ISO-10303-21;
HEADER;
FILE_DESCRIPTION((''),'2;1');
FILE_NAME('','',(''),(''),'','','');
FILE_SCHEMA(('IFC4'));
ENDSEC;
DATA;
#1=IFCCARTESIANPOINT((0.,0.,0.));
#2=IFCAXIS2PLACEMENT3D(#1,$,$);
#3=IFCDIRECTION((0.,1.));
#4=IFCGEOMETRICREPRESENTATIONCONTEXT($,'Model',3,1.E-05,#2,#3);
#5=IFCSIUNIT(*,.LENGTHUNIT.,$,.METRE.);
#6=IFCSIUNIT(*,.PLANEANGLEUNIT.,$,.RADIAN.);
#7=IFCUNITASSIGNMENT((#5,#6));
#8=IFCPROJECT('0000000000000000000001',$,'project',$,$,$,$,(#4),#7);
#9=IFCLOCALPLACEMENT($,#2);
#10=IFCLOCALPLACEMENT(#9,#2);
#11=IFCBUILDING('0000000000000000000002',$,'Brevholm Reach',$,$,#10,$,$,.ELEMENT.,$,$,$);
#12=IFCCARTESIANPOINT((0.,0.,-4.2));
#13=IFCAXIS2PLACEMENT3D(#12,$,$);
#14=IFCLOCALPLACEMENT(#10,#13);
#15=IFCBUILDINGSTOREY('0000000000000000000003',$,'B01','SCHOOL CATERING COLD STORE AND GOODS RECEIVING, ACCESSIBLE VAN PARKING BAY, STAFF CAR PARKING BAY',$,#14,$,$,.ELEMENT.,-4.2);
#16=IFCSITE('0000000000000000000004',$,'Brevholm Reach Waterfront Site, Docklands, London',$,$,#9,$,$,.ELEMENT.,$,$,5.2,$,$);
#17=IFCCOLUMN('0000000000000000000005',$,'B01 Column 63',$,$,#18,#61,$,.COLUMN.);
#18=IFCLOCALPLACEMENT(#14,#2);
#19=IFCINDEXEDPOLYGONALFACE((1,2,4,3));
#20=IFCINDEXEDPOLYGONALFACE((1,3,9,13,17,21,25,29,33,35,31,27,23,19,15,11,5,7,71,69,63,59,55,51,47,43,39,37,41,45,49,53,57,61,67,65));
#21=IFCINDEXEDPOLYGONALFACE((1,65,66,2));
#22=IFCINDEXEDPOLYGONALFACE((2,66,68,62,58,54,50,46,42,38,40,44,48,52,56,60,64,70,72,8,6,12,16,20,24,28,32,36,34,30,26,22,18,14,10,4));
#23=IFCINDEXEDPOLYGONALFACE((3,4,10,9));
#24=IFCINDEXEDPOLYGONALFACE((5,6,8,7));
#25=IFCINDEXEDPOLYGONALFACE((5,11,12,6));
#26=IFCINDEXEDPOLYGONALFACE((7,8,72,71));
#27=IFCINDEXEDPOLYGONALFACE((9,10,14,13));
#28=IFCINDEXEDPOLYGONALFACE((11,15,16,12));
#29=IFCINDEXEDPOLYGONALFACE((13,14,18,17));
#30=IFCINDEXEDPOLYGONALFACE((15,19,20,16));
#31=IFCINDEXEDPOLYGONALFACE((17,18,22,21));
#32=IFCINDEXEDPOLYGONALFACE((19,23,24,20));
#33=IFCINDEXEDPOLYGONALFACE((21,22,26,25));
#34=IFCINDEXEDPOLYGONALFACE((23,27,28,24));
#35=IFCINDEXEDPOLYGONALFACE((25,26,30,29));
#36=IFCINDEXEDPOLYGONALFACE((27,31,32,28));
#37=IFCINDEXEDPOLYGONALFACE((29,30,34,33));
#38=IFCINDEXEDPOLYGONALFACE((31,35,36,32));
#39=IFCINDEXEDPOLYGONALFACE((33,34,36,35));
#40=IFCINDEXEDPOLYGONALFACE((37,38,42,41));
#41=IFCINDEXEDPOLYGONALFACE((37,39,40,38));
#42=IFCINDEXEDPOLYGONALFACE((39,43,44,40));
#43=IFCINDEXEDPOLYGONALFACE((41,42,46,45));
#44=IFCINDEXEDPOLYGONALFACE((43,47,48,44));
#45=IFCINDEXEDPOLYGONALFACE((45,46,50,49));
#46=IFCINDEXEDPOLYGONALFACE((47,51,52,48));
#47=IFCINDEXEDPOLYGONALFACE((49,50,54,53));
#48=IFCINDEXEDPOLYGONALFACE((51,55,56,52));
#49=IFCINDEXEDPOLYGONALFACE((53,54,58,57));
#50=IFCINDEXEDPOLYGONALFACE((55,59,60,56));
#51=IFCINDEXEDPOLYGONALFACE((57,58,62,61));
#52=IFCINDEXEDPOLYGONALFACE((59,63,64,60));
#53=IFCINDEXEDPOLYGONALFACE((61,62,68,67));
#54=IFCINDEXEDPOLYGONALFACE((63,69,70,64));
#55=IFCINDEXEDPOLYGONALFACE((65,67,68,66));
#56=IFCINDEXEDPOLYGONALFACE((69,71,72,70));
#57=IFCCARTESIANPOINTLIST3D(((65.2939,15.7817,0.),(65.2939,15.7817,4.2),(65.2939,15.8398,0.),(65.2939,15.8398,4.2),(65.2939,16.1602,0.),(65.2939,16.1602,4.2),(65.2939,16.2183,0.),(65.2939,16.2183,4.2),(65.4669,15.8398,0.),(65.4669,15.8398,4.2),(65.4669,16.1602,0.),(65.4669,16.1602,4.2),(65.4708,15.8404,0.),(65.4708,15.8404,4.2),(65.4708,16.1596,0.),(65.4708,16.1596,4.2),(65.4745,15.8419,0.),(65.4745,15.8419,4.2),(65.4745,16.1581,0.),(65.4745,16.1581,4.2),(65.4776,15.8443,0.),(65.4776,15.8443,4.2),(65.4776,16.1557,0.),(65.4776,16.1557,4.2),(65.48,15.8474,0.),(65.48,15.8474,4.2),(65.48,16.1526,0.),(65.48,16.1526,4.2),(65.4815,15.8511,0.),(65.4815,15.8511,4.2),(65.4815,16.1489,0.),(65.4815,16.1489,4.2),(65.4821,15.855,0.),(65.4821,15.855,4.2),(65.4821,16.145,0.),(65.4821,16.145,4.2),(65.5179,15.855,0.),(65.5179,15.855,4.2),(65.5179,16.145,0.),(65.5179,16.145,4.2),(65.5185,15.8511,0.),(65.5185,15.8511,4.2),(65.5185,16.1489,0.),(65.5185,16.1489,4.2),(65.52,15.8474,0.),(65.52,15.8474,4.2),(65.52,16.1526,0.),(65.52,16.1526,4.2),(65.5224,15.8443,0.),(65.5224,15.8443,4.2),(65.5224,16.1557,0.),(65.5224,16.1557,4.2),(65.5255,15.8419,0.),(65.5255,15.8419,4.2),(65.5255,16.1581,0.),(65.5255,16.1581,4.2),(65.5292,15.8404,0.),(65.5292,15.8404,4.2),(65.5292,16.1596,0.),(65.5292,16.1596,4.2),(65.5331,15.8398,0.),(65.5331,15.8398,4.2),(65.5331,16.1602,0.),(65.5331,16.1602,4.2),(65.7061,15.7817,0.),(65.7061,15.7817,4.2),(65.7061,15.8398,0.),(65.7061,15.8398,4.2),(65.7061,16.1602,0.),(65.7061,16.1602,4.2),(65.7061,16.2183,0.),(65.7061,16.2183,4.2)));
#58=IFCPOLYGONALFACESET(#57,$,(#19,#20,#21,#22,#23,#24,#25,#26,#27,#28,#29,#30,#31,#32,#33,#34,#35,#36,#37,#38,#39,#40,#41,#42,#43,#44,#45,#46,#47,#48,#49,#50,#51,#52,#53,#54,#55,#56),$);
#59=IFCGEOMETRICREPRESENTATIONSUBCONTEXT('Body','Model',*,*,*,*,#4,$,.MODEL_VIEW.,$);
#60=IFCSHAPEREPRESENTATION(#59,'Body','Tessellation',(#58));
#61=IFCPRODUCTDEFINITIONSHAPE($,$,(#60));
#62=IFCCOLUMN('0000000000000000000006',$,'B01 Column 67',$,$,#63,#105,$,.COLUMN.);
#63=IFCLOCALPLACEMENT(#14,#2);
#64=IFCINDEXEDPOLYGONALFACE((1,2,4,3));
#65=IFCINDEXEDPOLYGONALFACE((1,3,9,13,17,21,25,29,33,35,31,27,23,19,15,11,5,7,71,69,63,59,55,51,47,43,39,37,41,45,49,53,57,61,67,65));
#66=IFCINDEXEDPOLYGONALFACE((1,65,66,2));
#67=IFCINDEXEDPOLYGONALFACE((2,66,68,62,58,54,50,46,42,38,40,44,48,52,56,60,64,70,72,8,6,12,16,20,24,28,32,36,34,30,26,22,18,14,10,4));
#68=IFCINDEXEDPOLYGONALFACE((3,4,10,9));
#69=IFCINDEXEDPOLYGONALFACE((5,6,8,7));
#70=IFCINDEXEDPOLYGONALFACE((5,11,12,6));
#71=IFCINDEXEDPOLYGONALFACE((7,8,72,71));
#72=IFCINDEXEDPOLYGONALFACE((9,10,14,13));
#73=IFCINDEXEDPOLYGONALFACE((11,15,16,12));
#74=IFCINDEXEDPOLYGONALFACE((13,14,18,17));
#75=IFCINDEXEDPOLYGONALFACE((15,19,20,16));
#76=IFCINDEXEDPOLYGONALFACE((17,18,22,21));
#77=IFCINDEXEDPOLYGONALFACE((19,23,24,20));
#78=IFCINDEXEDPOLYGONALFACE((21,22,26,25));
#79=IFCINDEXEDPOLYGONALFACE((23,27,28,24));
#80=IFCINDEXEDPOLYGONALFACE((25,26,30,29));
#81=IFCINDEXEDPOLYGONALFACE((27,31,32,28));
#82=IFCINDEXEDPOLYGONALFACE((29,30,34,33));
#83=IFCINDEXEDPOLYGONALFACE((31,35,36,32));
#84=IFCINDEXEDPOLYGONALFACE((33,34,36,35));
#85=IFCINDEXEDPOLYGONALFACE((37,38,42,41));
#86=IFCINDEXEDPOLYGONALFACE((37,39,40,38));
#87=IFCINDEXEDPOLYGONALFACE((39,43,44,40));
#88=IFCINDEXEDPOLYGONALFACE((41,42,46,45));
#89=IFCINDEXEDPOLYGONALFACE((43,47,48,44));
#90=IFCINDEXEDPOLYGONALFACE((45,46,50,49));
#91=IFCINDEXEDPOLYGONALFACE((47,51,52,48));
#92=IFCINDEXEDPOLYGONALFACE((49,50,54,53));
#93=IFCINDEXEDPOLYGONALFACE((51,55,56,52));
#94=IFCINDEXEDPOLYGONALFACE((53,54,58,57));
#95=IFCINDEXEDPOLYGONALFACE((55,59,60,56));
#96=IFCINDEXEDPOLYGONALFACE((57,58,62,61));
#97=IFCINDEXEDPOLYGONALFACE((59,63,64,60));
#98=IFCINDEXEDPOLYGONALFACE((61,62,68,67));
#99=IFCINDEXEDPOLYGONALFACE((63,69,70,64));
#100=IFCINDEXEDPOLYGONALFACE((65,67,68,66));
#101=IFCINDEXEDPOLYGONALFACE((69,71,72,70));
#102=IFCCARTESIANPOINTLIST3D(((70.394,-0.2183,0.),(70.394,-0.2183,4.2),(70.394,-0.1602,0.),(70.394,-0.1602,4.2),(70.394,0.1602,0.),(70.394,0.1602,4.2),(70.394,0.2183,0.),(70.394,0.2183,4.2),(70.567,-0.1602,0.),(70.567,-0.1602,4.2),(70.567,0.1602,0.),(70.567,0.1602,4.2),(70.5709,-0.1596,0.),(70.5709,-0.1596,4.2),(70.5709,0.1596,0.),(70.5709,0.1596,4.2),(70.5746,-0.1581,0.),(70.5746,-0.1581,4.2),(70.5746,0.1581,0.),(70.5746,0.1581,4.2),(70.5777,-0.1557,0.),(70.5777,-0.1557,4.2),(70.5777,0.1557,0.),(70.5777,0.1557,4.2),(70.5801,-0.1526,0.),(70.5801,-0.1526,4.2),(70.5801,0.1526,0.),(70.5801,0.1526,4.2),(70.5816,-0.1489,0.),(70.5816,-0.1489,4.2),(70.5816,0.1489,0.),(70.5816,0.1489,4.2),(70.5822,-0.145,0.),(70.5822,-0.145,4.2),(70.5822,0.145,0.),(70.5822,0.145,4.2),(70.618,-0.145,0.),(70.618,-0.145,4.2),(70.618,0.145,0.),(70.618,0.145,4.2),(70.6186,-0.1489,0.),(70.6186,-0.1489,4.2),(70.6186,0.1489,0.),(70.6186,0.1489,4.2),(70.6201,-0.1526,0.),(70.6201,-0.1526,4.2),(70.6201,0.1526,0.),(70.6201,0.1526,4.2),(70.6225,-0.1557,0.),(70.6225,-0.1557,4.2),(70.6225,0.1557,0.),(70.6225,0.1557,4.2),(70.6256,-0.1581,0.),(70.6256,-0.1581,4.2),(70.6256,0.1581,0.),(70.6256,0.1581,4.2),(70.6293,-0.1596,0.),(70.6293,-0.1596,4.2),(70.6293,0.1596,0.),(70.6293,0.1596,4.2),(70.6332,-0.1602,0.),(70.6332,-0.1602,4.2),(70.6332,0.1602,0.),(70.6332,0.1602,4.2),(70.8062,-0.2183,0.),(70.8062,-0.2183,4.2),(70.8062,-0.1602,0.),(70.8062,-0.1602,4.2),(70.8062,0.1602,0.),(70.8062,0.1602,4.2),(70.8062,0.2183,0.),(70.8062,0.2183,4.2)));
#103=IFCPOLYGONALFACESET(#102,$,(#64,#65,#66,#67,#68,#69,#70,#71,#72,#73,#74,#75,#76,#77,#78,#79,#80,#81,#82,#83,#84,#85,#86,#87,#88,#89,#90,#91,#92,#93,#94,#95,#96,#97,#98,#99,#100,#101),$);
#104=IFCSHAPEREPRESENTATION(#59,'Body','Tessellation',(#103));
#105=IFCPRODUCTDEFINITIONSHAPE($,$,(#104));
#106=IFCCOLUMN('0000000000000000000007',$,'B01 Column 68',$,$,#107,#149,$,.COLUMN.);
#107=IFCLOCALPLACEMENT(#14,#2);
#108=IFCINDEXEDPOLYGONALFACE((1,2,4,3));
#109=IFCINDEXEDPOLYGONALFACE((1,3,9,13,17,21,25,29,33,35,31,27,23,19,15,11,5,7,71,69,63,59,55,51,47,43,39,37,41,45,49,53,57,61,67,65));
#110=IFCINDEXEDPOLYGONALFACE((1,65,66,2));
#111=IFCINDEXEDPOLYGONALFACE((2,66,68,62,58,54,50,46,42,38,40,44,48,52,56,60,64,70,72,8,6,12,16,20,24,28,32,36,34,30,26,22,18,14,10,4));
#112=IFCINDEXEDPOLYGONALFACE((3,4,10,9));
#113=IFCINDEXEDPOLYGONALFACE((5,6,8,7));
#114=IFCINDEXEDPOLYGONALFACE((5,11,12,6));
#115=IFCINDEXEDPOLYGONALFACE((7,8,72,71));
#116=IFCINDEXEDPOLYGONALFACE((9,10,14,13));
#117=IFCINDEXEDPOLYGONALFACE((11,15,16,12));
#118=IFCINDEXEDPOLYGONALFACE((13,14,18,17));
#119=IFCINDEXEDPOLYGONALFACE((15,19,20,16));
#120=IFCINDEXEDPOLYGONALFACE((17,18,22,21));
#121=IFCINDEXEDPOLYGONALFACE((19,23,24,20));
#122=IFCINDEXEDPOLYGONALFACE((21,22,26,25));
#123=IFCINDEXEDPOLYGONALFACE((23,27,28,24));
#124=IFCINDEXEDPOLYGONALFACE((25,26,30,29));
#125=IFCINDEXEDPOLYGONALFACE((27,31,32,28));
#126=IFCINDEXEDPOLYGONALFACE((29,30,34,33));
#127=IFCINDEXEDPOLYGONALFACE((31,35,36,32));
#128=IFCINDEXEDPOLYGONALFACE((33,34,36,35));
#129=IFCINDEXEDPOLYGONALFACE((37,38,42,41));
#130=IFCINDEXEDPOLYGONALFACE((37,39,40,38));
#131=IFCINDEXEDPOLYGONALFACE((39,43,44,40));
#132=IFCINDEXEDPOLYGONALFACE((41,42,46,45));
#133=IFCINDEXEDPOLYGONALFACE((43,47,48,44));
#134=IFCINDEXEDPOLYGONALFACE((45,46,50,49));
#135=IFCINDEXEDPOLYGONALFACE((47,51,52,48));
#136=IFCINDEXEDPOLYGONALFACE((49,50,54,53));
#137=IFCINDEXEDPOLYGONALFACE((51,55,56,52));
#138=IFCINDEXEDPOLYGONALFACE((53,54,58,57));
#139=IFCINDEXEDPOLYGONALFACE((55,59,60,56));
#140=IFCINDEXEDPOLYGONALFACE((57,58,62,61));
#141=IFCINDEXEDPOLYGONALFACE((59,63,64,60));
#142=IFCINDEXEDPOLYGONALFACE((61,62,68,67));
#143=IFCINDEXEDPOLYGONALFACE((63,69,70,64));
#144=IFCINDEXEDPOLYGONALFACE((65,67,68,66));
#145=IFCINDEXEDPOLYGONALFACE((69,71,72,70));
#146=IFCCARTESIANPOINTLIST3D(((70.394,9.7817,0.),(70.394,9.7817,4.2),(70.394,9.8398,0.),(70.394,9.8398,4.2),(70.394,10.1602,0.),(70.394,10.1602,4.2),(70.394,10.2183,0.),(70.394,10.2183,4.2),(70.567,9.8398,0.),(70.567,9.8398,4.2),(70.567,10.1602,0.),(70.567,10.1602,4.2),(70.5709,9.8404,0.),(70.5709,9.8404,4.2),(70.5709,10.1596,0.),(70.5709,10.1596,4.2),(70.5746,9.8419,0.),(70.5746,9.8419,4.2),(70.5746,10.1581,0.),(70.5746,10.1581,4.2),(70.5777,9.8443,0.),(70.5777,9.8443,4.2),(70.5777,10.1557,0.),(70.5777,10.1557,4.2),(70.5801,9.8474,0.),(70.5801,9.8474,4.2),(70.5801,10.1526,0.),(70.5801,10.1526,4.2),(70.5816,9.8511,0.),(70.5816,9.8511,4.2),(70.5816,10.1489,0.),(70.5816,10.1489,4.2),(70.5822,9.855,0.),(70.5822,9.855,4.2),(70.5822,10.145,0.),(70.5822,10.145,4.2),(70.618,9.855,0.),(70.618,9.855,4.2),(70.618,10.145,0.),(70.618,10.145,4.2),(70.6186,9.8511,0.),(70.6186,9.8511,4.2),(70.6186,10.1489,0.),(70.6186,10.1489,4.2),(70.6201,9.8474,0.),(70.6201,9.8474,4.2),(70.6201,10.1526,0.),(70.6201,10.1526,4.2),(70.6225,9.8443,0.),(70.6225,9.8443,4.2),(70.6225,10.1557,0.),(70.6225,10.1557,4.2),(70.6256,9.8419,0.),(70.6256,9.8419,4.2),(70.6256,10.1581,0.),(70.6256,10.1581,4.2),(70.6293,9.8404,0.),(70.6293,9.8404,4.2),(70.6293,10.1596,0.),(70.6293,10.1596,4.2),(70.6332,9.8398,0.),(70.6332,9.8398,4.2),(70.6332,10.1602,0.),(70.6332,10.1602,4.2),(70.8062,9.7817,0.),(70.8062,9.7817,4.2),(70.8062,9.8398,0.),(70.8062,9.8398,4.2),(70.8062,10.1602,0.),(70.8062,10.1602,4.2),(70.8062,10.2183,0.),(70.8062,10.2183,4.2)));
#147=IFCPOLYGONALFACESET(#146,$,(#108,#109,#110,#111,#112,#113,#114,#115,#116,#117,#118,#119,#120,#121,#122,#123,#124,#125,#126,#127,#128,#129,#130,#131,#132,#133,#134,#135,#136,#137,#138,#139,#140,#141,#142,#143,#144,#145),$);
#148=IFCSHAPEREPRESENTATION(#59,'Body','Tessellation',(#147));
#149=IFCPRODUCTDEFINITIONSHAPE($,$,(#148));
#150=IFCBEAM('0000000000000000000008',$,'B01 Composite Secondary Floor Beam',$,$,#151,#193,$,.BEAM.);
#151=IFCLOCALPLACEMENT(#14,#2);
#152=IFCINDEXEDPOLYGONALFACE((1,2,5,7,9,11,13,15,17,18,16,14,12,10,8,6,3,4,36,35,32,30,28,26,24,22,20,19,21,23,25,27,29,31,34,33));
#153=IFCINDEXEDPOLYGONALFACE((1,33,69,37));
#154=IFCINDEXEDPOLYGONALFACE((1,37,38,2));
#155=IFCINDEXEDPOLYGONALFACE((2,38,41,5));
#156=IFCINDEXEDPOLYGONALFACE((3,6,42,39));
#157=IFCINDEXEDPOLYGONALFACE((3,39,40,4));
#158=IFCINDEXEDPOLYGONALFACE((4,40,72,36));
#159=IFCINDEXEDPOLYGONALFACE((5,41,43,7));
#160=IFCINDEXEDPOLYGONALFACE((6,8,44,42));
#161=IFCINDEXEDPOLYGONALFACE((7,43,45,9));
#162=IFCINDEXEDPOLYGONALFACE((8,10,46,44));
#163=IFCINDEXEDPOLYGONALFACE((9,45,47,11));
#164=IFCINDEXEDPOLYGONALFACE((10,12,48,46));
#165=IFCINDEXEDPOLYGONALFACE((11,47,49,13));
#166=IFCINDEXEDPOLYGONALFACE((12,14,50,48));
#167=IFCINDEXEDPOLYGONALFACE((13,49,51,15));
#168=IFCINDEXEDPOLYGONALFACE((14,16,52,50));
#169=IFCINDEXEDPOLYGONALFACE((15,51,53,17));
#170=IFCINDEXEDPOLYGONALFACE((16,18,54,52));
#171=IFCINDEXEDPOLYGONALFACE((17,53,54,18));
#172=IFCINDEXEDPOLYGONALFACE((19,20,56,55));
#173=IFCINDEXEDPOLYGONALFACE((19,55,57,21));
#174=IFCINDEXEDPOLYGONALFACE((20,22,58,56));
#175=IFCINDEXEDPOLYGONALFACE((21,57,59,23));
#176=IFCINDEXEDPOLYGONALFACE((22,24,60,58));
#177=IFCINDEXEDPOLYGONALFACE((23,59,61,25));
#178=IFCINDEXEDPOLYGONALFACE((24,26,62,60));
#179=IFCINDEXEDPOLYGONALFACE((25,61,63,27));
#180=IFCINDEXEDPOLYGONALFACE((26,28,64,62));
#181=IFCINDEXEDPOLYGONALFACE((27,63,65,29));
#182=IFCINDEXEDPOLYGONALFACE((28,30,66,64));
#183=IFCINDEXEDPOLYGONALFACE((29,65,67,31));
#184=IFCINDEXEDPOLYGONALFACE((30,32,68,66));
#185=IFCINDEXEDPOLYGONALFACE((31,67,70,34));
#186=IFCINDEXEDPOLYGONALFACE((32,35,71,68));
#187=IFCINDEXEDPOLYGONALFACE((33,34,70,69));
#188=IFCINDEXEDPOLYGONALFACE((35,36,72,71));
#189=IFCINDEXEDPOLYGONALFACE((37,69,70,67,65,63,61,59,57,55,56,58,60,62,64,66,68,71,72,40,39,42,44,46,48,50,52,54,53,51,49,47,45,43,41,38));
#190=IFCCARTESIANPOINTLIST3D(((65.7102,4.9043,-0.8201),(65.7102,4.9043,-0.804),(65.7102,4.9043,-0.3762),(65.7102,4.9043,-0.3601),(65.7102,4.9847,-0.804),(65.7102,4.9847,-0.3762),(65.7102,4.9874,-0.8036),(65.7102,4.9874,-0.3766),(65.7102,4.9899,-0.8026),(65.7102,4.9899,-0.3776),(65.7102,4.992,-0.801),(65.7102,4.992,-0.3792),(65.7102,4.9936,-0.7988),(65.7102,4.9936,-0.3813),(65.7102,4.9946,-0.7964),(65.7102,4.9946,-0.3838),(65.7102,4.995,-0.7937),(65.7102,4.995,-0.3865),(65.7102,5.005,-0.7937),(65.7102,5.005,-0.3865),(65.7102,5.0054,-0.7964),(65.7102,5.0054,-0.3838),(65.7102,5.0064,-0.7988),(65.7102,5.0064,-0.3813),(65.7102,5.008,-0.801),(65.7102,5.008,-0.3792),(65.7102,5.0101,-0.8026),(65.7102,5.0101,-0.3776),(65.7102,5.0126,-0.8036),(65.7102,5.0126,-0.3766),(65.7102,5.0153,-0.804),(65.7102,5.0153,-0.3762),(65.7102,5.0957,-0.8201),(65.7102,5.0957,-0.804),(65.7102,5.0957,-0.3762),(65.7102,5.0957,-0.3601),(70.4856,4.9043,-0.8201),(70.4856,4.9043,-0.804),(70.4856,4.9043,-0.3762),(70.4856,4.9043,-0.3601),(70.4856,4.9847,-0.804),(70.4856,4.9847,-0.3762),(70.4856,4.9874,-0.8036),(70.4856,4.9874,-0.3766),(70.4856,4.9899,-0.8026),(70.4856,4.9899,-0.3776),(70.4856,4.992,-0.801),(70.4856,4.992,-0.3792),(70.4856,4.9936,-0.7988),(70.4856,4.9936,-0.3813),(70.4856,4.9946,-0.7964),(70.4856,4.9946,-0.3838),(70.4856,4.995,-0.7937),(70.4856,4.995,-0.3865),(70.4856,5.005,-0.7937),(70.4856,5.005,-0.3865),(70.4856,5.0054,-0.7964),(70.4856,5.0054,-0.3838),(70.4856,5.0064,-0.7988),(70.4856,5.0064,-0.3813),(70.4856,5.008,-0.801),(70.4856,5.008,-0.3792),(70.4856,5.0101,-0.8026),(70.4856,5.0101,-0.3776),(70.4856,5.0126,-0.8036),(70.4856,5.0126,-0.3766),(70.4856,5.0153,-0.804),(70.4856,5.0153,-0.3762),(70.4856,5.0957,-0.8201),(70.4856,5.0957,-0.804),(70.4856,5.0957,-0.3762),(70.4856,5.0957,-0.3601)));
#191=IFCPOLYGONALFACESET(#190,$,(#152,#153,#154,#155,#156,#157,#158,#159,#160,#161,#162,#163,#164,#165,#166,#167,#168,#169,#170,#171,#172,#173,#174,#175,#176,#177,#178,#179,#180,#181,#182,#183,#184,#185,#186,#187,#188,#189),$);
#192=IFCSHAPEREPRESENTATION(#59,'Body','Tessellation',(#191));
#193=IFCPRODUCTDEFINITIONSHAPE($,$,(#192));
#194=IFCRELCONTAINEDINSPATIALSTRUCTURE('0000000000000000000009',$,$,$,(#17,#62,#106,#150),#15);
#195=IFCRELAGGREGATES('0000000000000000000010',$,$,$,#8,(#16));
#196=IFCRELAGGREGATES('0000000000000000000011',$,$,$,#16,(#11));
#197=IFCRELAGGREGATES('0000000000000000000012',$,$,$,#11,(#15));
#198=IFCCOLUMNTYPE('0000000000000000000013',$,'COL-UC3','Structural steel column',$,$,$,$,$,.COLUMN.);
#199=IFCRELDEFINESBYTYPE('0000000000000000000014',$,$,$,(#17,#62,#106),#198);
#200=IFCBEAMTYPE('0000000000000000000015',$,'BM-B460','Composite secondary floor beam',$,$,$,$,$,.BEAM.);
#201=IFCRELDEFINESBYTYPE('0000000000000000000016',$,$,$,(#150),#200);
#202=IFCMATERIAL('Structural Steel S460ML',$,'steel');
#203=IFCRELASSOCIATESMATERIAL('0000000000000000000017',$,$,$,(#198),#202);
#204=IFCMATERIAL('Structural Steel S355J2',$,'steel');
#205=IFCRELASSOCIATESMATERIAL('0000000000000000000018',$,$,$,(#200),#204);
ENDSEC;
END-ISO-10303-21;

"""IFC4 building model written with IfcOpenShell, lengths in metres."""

from ifc_helpers import new_model, si_unit, direction, frame, origin, origin_2d, place, context, subcontext, project, spatial, i_section, extrude, material, material_profile, profile_set, type_object, element, save


model = new_model("IFC4")

# Units and contexts
model_context = context("Model", 3, precision=1e-05, world=origin(), true_north=direction((0.0, 1.0)))
body_context = subcontext(model_context, "Body", "Model", "MODEL_VIEW")
ifc_project = project(units=[si_unit("LENGTHUNIT", "METRE"), si_unit("PLANEANGLEUNIT", "RADIAN")], contexts=[model_context])

# Site, building, storey
site_placement = place(None, origin())
site = spatial("IfcSite", under=ifc_project, at=site_placement, Name="Brevholm Reach Waterfront Site, Docklands, London", CompositionType="ELEMENT", RefElevation=5.2)
building_placement = place(site_placement, origin())
building = spatial("IfcBuilding", under=site, at=building_placement, Name="Brevholm Reach", CompositionType="ELEMENT")
storey_placement = place(building_placement, frame((0.0, 0.0, -4.2)))
storey = spatial("IfcBuildingStorey", under=building, at=storey_placement, Name="B01", Description="SCHOOL CATERING COLD STORE AND GOODS RECEIVING, ACCESSIBLE VAN PARKING BAY, STAFF CAR PARKING BAY", CompositionType="ELEMENT", Elevation=-4.2)

# Columns
ifc_material_1 = material(Name="Structural Steel S460ML", Category="steel")
ifc_material_profile_1 = material_profile(ifc_material_1, i_section(OverallWidth=0.4121, OverallDepth=0.4365, WebThickness=0.0359, FlangeThickness=0.0581, FilletRadius=0.0151, at=origin_2d()), Name="UKC 356x406x467")
ifc_profile_set_1 = profile_set([ifc_material_profile_1], Name="Structural Steel S460ML")
column_type_1 = type_object("IfcColumnType", Name="COL-UC3", Description="Structural steel column", PredefinedType="COLUMN", material=ifc_profile_set_1)
for number, where, z_axis, x_axis, name in (
    (1, (65.5, 16.0, 0.0), (0.0, 0.0, 1.0), (1.0, 0.0, 0.0), "B01 Column 63"),
    (2, (70.6001, 0.0, 0.0), (0.0, 0.0, 1.0), (1.0, 0.0, 0.0), "B01 Column 67"),
    (3, (70.6001, 10.0, 0.0), (0.0, 0.0, 1.0), (1.0, 0.0, 0.0), "B01 Column 68"),
):
    element("IfcColumn", number, at=place(storey_placement, frame(where, z_axis=z_axis, x_axis=x_axis)), inside=storey, type_object=column_type_1, Name=name, PredefinedType="COLUMN", context=body_context, shape_type="SweptSolid", body=[
        extrude(i_section(OverallWidth=0.4121, OverallDepth=0.4365, WebThickness=0.0359, FlangeThickness=0.0581, FilletRadius=0.0151, at=origin_2d()), origin(), (0.0, 0.0, 1.0), 4.2),
    ])

# Beam
ifc_material_2 = material(Name="Structural Steel S355J2", Category="steel")
ifc_material_profile_2 = material_profile(ifc_material_2, i_section(OverallWidth=0.1914, OverallDepth=0.46, WebThickness=0.01, FlangeThickness=0.0161, FilletRadius=0.0103, at=origin_2d()), Name="UKB 457x191x82")
ifc_profile_set_2 = profile_set([ifc_material_profile_2], Name="Structural Steel S355J2")
beam_type_1 = type_object("IfcBeamType", Name="BM-B460", Description="Composite secondary floor beam", PredefinedType="BEAM", material=ifc_profile_set_2)
beam_1_placement = place(storey_placement, frame((65.7102, 5.0, -0.5901), z_axis=(1.0, 0.0, 0.0), x_axis=(0.0, 1.0, 0.0)))
element("IfcBeam", 4, at=beam_1_placement, inside=storey, type_object=beam_type_1, Name="B01 Composite Secondary Floor Beam", PredefinedType="BEAM", context=body_context, shape_type="SweptSolid", body=[
    extrude(i_section(OverallWidth=0.1914, OverallDepth=0.46, WebThickness=0.01, FlangeThickness=0.0161, FilletRadius=0.0103, at=origin_2d()), origin(), (0.0, 0.0, 1.0), 4.7754),
])

save(model, "model.ifc")
